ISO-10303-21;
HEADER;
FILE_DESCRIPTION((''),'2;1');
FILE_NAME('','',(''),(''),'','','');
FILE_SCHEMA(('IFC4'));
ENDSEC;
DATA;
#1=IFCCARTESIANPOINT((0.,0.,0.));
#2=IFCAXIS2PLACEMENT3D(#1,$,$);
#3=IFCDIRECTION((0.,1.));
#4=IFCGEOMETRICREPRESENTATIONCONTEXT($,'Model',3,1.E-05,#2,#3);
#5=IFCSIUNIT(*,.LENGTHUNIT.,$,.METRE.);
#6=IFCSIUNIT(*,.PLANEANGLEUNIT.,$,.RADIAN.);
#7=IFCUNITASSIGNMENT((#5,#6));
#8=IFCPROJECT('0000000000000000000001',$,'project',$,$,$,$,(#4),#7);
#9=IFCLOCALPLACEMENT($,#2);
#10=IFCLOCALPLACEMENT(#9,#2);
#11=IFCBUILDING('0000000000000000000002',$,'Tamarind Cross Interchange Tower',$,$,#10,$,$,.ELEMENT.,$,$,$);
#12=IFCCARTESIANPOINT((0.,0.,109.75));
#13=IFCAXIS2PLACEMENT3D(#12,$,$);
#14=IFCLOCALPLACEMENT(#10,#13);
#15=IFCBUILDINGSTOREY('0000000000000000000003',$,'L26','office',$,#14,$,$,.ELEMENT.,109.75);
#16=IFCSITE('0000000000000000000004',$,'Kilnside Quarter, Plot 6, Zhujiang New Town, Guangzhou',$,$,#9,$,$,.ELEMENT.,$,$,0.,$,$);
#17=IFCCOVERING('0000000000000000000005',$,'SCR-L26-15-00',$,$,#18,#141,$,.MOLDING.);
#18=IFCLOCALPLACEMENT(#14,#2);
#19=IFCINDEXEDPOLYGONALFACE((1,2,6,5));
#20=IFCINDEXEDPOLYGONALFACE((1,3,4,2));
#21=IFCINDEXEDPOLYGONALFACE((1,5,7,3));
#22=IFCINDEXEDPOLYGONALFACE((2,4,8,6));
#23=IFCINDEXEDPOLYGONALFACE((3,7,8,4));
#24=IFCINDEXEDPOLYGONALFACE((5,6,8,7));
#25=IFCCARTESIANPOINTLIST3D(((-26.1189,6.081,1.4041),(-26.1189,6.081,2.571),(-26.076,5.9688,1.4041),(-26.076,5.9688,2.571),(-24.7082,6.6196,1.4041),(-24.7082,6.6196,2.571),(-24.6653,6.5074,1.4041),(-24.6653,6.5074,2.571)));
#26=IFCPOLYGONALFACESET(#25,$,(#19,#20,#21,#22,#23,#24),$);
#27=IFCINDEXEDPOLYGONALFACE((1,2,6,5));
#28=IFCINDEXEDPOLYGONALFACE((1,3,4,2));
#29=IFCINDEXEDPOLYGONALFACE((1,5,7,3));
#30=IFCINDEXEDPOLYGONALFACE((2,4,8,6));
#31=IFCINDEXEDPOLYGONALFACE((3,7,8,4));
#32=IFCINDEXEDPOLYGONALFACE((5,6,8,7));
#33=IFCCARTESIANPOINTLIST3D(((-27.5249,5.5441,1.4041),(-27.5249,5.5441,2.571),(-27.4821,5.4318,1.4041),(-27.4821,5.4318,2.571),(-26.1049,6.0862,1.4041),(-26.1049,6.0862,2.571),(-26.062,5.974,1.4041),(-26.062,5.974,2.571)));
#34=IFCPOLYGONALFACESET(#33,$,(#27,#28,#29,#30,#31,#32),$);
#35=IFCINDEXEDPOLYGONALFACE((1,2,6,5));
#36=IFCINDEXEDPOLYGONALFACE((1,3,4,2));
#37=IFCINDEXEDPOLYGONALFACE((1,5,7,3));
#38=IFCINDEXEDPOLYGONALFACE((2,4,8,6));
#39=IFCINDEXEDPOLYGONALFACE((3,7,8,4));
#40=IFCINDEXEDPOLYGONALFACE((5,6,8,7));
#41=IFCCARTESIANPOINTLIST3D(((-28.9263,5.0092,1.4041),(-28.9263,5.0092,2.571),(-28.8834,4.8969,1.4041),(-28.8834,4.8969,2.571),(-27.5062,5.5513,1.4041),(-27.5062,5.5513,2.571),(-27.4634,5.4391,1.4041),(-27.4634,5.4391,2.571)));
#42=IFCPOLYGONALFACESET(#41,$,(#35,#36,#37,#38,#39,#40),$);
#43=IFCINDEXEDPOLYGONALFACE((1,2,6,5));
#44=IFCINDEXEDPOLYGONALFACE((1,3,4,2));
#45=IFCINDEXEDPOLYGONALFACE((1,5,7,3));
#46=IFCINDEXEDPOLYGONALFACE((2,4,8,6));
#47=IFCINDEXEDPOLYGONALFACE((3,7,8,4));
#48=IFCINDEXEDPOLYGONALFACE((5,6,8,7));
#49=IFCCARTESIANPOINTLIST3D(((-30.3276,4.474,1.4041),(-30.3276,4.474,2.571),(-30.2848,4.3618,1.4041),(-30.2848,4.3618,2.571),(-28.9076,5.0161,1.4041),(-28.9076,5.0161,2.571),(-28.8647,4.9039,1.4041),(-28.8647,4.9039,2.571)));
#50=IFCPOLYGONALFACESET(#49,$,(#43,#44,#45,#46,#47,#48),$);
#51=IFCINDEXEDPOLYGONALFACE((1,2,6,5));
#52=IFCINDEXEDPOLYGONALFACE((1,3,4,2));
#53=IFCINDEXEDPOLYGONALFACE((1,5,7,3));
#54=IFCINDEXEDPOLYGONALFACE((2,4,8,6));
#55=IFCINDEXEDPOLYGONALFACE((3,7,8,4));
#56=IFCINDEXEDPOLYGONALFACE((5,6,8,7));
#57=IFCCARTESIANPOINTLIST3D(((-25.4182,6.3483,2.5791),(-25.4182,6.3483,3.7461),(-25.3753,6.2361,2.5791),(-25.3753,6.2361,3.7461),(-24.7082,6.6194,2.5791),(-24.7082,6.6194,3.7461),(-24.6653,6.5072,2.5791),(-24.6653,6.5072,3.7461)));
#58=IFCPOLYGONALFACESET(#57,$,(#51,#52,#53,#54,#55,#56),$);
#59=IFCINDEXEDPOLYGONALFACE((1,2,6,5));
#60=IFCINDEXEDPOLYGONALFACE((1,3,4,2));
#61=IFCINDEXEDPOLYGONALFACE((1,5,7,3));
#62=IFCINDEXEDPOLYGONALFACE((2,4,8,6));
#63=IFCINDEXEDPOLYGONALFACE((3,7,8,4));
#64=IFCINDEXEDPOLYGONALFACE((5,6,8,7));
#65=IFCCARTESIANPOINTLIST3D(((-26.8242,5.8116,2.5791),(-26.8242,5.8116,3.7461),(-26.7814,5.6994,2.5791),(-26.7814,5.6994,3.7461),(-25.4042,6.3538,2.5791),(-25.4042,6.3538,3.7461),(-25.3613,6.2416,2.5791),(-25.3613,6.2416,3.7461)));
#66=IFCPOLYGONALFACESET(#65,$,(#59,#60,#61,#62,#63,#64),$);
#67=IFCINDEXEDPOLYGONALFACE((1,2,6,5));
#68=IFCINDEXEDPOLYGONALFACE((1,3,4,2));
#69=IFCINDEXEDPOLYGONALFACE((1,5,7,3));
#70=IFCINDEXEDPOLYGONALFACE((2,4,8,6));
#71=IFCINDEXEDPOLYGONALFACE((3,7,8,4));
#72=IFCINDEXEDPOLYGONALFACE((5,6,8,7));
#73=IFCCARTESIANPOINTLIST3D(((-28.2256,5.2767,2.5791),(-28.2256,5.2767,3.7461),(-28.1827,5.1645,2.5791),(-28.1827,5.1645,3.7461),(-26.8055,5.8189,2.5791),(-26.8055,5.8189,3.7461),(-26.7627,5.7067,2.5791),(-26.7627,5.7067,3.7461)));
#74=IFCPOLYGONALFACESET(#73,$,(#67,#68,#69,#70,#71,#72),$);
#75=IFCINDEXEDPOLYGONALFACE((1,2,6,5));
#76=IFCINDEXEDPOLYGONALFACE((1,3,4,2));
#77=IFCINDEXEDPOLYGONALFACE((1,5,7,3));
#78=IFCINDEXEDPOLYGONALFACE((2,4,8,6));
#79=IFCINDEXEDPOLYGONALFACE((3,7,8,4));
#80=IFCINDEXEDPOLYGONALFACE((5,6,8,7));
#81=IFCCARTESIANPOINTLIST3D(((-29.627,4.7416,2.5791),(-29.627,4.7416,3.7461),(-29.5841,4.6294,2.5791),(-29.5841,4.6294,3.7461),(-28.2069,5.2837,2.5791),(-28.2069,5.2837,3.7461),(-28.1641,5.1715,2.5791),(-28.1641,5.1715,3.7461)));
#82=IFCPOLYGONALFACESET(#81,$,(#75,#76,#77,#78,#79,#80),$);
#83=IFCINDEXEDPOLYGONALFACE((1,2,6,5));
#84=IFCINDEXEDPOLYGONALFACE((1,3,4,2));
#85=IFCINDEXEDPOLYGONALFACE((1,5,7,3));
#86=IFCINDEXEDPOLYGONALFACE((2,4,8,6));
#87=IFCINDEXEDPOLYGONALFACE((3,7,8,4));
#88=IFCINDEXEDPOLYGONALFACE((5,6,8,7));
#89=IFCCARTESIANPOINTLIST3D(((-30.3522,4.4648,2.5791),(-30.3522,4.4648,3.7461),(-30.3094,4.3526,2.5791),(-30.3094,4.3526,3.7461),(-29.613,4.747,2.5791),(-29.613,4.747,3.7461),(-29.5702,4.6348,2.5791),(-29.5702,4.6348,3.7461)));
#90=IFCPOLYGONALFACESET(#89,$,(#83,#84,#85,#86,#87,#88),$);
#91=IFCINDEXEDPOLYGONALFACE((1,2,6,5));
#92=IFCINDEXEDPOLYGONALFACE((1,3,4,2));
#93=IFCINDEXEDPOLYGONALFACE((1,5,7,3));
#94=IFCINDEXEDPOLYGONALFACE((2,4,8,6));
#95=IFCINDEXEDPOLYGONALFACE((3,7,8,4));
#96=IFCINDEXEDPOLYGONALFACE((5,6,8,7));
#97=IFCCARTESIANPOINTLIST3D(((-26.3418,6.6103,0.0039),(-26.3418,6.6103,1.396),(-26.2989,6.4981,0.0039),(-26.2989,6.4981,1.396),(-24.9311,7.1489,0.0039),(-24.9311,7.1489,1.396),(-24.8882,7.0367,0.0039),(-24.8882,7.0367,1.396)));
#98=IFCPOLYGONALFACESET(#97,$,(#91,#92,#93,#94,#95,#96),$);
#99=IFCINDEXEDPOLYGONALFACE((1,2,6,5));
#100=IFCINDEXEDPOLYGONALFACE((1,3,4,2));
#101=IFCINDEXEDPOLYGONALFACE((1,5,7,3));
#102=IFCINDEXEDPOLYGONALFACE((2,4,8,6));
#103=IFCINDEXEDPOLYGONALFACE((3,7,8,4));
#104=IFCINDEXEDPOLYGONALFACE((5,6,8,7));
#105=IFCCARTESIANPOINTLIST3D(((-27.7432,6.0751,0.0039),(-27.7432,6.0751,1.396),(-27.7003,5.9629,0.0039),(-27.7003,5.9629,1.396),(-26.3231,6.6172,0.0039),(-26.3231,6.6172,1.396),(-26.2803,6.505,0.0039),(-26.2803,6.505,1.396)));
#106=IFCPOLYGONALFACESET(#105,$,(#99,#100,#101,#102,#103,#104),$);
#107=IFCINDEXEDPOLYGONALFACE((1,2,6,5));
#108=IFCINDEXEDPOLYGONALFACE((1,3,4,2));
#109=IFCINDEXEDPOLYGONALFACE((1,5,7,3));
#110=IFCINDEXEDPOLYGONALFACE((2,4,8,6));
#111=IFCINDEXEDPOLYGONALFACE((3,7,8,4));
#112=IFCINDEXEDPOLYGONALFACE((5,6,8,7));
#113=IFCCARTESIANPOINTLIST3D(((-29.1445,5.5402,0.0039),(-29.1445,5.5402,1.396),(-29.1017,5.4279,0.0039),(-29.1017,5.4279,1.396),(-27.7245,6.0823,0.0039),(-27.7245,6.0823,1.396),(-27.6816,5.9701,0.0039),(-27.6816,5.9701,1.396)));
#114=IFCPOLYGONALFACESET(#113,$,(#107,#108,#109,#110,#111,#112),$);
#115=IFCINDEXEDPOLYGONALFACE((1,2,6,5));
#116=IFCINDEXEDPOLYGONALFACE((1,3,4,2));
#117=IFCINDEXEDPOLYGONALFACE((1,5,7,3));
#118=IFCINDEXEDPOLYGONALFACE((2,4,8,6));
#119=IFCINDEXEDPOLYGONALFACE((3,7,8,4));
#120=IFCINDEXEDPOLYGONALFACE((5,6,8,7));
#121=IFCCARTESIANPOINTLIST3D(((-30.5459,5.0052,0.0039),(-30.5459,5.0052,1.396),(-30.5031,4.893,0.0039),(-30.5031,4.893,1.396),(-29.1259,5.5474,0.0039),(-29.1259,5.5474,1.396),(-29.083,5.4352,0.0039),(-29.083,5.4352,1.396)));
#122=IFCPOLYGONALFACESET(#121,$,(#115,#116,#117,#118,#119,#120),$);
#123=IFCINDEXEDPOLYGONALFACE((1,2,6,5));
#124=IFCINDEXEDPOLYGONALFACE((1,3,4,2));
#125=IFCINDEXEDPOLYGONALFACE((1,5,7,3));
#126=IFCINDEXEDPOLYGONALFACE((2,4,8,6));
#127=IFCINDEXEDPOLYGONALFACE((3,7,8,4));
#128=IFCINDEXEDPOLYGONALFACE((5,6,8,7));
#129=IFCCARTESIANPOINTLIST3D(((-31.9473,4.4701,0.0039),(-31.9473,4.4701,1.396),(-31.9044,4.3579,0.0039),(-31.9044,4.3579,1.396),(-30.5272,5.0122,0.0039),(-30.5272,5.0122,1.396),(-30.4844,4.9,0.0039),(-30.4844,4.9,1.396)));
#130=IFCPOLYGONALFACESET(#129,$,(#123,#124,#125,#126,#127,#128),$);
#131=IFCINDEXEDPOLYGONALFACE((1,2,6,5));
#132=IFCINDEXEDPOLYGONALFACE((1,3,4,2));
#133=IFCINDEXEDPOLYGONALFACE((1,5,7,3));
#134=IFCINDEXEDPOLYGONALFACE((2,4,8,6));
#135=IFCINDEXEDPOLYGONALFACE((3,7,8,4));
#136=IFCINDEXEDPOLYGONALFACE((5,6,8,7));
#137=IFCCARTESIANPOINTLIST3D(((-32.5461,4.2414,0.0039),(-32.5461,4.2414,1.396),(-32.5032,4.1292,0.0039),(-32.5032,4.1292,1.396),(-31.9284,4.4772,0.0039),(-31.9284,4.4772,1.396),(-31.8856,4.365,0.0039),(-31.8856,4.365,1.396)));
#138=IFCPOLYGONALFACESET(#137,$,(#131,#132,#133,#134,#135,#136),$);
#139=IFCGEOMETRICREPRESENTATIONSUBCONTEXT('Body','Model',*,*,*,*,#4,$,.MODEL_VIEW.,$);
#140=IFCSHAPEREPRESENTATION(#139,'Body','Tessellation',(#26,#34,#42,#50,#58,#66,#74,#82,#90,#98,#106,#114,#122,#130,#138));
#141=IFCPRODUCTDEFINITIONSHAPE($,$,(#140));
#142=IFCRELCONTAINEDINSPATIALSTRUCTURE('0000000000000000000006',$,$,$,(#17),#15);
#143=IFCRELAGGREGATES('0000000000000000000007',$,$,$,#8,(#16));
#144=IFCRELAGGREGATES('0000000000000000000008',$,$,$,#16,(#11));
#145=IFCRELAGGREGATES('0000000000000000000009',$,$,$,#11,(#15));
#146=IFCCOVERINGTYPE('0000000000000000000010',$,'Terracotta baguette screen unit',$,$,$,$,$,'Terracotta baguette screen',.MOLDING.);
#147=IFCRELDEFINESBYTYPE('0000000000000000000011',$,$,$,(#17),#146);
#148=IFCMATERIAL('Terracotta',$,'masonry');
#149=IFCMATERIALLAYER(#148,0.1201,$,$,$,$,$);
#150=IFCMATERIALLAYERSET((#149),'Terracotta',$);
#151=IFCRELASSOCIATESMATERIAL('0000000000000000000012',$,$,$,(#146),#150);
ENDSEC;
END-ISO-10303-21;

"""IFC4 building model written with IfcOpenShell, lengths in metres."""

from ifc_helpers import new_model, si_unit, direction, frame, origin, origin_2d, place, context, subcontext, project, spatial, rectangle, extrude, material, layer, layer_set, type_object, element, save


model = new_model("IFC4")

# Units and contexts
model_context = context("Model", 3, precision=1e-05, world=origin(), true_north=direction((0.0, 1.0)))
body_context = subcontext(model_context, "Body", "Model", "MODEL_VIEW")
ifc_project = project(units=[si_unit("LENGTHUNIT", "METRE"), si_unit("PLANEANGLEUNIT", "RADIAN")], contexts=[model_context])

# Site, building, storey
site_placement = place(None, origin())
site = spatial("IfcSite", under=ifc_project, at=site_placement, Name="Kilnside Quarter, Plot 6, Zhujiang New Town, Guangzhou", CompositionType="ELEMENT", RefElevation=0.0)
building_placement = place(site_placement, origin())
building = spatial("IfcBuilding", under=site, at=building_placement, Name="Tamarind Cross Interchange Tower", CompositionType="ELEMENT")
storey_placement = place(building_placement, frame((0.0, 0.0, 109.75)))
storey = spatial("IfcBuildingStorey", under=building, at=storey_placement, Name="L26", Description="office", CompositionType="ELEMENT", Elevation=109.75)

# Covering
ifc_material_1 = material(Name="Terracotta", Category="masonry")
ifc_layer_1 = layer(ifc_material_1, 0.1201)
ifc_layer_set_1 = layer_set([ifc_layer_1], Name="Terracotta")
covering_type = type_object("IfcCoveringType", Name="Terracotta baguette screen unit", ElementType="Terracotta baguette screen", PredefinedType="MOLDING", material=ifc_layer_set_1)
covering_1_placement = place(storey_placement, origin())
element("IfcCovering", 1, at=covering_1_placement, inside=storey, type_object=covering_type, Name="SCR-L26-15-00", PredefinedType="MOLDING", context=body_context, shape_type="SweptSolid", body=[
    extrude(rectangle(XDim=1.51, YDim=0.1201, at=origin_2d()), frame((-25.3921, 6.2942, 1.4041), z_axis=(0.0, 0.0, 1.0), x_axis=(-0.934229, -0.356673, 0.0)), (0.0, 0.0, 1.0), 1.167),
    extrude(rectangle(XDim=1.52, YDim=0.1201, at=origin_2d()), frame((-26.7935, 5.759, 1.4041), z_axis=(0.0, 0.0, 1.0), x_axis=(-0.934229, -0.356673, 0.0)), (0.0, 0.0, 1.0), 1.167),
    extrude(rectangle(XDim=1.52, YDim=0.1201, at=origin_2d()), frame((-28.1948, 5.2241, 1.4041), z_axis=(0.0, 0.0, 1.0), x_axis=(-0.934229, -0.356673, 0.0)), (0.0, 0.0, 1.0), 1.167),
    extrude(rectangle(XDim=1.52, YDim=0.1201, at=origin_2d()), frame((-29.5962, 4.689, 1.4041), z_axis=(0.0, 0.0, 1.0), x_axis=(-0.934229, -0.356673, 0.0)), (0.0, 0.0, 1.0), 1.167),
    extrude(rectangle(XDim=0.76, YDim=0.1201, at=origin_2d()), frame((-25.0417, 6.4277, 2.5791), z_axis=(0.0, 0.0, 1.0), x_axis=(-0.934229, -0.356673, 0.0)), (0.0, 0.0, 1.0), 1.167),
    extrude(rectangle(XDim=1.52, YDim=0.1201, at=origin_2d()), frame((-26.0928, 6.0266, 2.5791), z_axis=(0.0, 0.0, 1.0), x_axis=(-0.934229, -0.356673, 0.0)), (0.0, 0.0, 1.0), 1.167),
    extrude(rectangle(XDim=1.52, YDim=0.1201, at=origin_2d()), frame((-27.4941, 5.4917, 2.5791), z_axis=(0.0, 0.0, 1.0), x_axis=(-0.934229, -0.356673, 0.0)), (0.0, 0.0, 1.0), 1.167),
    extrude(rectangle(XDim=1.52, YDim=0.1201, at=origin_2d()), frame((-28.8955, 4.9565, 2.5791), z_axis=(0.0, 0.0, 1.0), x_axis=(-0.934229, -0.356673, 0.0)), (0.0, 0.0, 1.0), 1.167),
    extrude(rectangle(XDim=0.7913, YDim=0.1201, at=origin_2d()), frame((-29.9612, 4.5498, 2.5791), z_axis=(0.0, 0.0, 1.0), x_axis=(-0.934229, -0.356673, 0.0)), (0.0, 0.0, 1.0), 1.167),
    extrude(rectangle(XDim=1.51, YDim=0.1201, at=origin_2d()), frame((-25.615, 6.8235, 0.0039), z_axis=(0.0, 0.0, 1.0), x_axis=(-0.934229, -0.356673, 0.0)), (0.0, 0.0, 1.0), 1.3921),
    extrude(rectangle(XDim=1.52, YDim=0.1201, at=origin_2d()), frame((-27.0117, 6.29, 0.0039), z_axis=(0.0, 0.0, 1.0), x_axis=(-0.934229, -0.356673, 0.0)), (0.0, 0.0, 1.0), 1.3921),
    extrude(rectangle(XDim=1.52, YDim=0.1201, at=origin_2d()), frame((-28.4131, 5.7551, 0.0039), z_axis=(0.0, 0.0, 1.0), x_axis=(-0.934229, -0.356673, 0.0)), (0.0, 0.0, 1.0), 1.3921),
    extrude(rectangle(XDim=1.52, YDim=0.1201, at=origin_2d()), frame((-29.8145, 5.2202, 0.0039), z_axis=(0.0, 0.0, 1.0), x_axis=(-0.934229, -0.356673, 0.0)), (0.0, 0.0, 1.0), 1.3921),
    extrude(rectangle(XDim=1.52, YDim=0.1201, at=origin_2d()), frame((-31.2158, 4.6851, 0.0039), z_axis=(0.0, 0.0, 1.0), x_axis=(-0.934229, -0.356673, 0.0)), (0.0, 0.0, 1.0), 1.3921),
    extrude(rectangle(XDim=0.6611, YDim=0.1201, at=origin_2d()), frame((-32.2158, 4.3032, 0.0039), z_axis=(0.0, 0.0, 1.0), x_axis=(-0.934229, -0.356673, 0.0)), (0.0, 0.0, 1.0), 1.3921),
])

save(model, "model.ifc")
